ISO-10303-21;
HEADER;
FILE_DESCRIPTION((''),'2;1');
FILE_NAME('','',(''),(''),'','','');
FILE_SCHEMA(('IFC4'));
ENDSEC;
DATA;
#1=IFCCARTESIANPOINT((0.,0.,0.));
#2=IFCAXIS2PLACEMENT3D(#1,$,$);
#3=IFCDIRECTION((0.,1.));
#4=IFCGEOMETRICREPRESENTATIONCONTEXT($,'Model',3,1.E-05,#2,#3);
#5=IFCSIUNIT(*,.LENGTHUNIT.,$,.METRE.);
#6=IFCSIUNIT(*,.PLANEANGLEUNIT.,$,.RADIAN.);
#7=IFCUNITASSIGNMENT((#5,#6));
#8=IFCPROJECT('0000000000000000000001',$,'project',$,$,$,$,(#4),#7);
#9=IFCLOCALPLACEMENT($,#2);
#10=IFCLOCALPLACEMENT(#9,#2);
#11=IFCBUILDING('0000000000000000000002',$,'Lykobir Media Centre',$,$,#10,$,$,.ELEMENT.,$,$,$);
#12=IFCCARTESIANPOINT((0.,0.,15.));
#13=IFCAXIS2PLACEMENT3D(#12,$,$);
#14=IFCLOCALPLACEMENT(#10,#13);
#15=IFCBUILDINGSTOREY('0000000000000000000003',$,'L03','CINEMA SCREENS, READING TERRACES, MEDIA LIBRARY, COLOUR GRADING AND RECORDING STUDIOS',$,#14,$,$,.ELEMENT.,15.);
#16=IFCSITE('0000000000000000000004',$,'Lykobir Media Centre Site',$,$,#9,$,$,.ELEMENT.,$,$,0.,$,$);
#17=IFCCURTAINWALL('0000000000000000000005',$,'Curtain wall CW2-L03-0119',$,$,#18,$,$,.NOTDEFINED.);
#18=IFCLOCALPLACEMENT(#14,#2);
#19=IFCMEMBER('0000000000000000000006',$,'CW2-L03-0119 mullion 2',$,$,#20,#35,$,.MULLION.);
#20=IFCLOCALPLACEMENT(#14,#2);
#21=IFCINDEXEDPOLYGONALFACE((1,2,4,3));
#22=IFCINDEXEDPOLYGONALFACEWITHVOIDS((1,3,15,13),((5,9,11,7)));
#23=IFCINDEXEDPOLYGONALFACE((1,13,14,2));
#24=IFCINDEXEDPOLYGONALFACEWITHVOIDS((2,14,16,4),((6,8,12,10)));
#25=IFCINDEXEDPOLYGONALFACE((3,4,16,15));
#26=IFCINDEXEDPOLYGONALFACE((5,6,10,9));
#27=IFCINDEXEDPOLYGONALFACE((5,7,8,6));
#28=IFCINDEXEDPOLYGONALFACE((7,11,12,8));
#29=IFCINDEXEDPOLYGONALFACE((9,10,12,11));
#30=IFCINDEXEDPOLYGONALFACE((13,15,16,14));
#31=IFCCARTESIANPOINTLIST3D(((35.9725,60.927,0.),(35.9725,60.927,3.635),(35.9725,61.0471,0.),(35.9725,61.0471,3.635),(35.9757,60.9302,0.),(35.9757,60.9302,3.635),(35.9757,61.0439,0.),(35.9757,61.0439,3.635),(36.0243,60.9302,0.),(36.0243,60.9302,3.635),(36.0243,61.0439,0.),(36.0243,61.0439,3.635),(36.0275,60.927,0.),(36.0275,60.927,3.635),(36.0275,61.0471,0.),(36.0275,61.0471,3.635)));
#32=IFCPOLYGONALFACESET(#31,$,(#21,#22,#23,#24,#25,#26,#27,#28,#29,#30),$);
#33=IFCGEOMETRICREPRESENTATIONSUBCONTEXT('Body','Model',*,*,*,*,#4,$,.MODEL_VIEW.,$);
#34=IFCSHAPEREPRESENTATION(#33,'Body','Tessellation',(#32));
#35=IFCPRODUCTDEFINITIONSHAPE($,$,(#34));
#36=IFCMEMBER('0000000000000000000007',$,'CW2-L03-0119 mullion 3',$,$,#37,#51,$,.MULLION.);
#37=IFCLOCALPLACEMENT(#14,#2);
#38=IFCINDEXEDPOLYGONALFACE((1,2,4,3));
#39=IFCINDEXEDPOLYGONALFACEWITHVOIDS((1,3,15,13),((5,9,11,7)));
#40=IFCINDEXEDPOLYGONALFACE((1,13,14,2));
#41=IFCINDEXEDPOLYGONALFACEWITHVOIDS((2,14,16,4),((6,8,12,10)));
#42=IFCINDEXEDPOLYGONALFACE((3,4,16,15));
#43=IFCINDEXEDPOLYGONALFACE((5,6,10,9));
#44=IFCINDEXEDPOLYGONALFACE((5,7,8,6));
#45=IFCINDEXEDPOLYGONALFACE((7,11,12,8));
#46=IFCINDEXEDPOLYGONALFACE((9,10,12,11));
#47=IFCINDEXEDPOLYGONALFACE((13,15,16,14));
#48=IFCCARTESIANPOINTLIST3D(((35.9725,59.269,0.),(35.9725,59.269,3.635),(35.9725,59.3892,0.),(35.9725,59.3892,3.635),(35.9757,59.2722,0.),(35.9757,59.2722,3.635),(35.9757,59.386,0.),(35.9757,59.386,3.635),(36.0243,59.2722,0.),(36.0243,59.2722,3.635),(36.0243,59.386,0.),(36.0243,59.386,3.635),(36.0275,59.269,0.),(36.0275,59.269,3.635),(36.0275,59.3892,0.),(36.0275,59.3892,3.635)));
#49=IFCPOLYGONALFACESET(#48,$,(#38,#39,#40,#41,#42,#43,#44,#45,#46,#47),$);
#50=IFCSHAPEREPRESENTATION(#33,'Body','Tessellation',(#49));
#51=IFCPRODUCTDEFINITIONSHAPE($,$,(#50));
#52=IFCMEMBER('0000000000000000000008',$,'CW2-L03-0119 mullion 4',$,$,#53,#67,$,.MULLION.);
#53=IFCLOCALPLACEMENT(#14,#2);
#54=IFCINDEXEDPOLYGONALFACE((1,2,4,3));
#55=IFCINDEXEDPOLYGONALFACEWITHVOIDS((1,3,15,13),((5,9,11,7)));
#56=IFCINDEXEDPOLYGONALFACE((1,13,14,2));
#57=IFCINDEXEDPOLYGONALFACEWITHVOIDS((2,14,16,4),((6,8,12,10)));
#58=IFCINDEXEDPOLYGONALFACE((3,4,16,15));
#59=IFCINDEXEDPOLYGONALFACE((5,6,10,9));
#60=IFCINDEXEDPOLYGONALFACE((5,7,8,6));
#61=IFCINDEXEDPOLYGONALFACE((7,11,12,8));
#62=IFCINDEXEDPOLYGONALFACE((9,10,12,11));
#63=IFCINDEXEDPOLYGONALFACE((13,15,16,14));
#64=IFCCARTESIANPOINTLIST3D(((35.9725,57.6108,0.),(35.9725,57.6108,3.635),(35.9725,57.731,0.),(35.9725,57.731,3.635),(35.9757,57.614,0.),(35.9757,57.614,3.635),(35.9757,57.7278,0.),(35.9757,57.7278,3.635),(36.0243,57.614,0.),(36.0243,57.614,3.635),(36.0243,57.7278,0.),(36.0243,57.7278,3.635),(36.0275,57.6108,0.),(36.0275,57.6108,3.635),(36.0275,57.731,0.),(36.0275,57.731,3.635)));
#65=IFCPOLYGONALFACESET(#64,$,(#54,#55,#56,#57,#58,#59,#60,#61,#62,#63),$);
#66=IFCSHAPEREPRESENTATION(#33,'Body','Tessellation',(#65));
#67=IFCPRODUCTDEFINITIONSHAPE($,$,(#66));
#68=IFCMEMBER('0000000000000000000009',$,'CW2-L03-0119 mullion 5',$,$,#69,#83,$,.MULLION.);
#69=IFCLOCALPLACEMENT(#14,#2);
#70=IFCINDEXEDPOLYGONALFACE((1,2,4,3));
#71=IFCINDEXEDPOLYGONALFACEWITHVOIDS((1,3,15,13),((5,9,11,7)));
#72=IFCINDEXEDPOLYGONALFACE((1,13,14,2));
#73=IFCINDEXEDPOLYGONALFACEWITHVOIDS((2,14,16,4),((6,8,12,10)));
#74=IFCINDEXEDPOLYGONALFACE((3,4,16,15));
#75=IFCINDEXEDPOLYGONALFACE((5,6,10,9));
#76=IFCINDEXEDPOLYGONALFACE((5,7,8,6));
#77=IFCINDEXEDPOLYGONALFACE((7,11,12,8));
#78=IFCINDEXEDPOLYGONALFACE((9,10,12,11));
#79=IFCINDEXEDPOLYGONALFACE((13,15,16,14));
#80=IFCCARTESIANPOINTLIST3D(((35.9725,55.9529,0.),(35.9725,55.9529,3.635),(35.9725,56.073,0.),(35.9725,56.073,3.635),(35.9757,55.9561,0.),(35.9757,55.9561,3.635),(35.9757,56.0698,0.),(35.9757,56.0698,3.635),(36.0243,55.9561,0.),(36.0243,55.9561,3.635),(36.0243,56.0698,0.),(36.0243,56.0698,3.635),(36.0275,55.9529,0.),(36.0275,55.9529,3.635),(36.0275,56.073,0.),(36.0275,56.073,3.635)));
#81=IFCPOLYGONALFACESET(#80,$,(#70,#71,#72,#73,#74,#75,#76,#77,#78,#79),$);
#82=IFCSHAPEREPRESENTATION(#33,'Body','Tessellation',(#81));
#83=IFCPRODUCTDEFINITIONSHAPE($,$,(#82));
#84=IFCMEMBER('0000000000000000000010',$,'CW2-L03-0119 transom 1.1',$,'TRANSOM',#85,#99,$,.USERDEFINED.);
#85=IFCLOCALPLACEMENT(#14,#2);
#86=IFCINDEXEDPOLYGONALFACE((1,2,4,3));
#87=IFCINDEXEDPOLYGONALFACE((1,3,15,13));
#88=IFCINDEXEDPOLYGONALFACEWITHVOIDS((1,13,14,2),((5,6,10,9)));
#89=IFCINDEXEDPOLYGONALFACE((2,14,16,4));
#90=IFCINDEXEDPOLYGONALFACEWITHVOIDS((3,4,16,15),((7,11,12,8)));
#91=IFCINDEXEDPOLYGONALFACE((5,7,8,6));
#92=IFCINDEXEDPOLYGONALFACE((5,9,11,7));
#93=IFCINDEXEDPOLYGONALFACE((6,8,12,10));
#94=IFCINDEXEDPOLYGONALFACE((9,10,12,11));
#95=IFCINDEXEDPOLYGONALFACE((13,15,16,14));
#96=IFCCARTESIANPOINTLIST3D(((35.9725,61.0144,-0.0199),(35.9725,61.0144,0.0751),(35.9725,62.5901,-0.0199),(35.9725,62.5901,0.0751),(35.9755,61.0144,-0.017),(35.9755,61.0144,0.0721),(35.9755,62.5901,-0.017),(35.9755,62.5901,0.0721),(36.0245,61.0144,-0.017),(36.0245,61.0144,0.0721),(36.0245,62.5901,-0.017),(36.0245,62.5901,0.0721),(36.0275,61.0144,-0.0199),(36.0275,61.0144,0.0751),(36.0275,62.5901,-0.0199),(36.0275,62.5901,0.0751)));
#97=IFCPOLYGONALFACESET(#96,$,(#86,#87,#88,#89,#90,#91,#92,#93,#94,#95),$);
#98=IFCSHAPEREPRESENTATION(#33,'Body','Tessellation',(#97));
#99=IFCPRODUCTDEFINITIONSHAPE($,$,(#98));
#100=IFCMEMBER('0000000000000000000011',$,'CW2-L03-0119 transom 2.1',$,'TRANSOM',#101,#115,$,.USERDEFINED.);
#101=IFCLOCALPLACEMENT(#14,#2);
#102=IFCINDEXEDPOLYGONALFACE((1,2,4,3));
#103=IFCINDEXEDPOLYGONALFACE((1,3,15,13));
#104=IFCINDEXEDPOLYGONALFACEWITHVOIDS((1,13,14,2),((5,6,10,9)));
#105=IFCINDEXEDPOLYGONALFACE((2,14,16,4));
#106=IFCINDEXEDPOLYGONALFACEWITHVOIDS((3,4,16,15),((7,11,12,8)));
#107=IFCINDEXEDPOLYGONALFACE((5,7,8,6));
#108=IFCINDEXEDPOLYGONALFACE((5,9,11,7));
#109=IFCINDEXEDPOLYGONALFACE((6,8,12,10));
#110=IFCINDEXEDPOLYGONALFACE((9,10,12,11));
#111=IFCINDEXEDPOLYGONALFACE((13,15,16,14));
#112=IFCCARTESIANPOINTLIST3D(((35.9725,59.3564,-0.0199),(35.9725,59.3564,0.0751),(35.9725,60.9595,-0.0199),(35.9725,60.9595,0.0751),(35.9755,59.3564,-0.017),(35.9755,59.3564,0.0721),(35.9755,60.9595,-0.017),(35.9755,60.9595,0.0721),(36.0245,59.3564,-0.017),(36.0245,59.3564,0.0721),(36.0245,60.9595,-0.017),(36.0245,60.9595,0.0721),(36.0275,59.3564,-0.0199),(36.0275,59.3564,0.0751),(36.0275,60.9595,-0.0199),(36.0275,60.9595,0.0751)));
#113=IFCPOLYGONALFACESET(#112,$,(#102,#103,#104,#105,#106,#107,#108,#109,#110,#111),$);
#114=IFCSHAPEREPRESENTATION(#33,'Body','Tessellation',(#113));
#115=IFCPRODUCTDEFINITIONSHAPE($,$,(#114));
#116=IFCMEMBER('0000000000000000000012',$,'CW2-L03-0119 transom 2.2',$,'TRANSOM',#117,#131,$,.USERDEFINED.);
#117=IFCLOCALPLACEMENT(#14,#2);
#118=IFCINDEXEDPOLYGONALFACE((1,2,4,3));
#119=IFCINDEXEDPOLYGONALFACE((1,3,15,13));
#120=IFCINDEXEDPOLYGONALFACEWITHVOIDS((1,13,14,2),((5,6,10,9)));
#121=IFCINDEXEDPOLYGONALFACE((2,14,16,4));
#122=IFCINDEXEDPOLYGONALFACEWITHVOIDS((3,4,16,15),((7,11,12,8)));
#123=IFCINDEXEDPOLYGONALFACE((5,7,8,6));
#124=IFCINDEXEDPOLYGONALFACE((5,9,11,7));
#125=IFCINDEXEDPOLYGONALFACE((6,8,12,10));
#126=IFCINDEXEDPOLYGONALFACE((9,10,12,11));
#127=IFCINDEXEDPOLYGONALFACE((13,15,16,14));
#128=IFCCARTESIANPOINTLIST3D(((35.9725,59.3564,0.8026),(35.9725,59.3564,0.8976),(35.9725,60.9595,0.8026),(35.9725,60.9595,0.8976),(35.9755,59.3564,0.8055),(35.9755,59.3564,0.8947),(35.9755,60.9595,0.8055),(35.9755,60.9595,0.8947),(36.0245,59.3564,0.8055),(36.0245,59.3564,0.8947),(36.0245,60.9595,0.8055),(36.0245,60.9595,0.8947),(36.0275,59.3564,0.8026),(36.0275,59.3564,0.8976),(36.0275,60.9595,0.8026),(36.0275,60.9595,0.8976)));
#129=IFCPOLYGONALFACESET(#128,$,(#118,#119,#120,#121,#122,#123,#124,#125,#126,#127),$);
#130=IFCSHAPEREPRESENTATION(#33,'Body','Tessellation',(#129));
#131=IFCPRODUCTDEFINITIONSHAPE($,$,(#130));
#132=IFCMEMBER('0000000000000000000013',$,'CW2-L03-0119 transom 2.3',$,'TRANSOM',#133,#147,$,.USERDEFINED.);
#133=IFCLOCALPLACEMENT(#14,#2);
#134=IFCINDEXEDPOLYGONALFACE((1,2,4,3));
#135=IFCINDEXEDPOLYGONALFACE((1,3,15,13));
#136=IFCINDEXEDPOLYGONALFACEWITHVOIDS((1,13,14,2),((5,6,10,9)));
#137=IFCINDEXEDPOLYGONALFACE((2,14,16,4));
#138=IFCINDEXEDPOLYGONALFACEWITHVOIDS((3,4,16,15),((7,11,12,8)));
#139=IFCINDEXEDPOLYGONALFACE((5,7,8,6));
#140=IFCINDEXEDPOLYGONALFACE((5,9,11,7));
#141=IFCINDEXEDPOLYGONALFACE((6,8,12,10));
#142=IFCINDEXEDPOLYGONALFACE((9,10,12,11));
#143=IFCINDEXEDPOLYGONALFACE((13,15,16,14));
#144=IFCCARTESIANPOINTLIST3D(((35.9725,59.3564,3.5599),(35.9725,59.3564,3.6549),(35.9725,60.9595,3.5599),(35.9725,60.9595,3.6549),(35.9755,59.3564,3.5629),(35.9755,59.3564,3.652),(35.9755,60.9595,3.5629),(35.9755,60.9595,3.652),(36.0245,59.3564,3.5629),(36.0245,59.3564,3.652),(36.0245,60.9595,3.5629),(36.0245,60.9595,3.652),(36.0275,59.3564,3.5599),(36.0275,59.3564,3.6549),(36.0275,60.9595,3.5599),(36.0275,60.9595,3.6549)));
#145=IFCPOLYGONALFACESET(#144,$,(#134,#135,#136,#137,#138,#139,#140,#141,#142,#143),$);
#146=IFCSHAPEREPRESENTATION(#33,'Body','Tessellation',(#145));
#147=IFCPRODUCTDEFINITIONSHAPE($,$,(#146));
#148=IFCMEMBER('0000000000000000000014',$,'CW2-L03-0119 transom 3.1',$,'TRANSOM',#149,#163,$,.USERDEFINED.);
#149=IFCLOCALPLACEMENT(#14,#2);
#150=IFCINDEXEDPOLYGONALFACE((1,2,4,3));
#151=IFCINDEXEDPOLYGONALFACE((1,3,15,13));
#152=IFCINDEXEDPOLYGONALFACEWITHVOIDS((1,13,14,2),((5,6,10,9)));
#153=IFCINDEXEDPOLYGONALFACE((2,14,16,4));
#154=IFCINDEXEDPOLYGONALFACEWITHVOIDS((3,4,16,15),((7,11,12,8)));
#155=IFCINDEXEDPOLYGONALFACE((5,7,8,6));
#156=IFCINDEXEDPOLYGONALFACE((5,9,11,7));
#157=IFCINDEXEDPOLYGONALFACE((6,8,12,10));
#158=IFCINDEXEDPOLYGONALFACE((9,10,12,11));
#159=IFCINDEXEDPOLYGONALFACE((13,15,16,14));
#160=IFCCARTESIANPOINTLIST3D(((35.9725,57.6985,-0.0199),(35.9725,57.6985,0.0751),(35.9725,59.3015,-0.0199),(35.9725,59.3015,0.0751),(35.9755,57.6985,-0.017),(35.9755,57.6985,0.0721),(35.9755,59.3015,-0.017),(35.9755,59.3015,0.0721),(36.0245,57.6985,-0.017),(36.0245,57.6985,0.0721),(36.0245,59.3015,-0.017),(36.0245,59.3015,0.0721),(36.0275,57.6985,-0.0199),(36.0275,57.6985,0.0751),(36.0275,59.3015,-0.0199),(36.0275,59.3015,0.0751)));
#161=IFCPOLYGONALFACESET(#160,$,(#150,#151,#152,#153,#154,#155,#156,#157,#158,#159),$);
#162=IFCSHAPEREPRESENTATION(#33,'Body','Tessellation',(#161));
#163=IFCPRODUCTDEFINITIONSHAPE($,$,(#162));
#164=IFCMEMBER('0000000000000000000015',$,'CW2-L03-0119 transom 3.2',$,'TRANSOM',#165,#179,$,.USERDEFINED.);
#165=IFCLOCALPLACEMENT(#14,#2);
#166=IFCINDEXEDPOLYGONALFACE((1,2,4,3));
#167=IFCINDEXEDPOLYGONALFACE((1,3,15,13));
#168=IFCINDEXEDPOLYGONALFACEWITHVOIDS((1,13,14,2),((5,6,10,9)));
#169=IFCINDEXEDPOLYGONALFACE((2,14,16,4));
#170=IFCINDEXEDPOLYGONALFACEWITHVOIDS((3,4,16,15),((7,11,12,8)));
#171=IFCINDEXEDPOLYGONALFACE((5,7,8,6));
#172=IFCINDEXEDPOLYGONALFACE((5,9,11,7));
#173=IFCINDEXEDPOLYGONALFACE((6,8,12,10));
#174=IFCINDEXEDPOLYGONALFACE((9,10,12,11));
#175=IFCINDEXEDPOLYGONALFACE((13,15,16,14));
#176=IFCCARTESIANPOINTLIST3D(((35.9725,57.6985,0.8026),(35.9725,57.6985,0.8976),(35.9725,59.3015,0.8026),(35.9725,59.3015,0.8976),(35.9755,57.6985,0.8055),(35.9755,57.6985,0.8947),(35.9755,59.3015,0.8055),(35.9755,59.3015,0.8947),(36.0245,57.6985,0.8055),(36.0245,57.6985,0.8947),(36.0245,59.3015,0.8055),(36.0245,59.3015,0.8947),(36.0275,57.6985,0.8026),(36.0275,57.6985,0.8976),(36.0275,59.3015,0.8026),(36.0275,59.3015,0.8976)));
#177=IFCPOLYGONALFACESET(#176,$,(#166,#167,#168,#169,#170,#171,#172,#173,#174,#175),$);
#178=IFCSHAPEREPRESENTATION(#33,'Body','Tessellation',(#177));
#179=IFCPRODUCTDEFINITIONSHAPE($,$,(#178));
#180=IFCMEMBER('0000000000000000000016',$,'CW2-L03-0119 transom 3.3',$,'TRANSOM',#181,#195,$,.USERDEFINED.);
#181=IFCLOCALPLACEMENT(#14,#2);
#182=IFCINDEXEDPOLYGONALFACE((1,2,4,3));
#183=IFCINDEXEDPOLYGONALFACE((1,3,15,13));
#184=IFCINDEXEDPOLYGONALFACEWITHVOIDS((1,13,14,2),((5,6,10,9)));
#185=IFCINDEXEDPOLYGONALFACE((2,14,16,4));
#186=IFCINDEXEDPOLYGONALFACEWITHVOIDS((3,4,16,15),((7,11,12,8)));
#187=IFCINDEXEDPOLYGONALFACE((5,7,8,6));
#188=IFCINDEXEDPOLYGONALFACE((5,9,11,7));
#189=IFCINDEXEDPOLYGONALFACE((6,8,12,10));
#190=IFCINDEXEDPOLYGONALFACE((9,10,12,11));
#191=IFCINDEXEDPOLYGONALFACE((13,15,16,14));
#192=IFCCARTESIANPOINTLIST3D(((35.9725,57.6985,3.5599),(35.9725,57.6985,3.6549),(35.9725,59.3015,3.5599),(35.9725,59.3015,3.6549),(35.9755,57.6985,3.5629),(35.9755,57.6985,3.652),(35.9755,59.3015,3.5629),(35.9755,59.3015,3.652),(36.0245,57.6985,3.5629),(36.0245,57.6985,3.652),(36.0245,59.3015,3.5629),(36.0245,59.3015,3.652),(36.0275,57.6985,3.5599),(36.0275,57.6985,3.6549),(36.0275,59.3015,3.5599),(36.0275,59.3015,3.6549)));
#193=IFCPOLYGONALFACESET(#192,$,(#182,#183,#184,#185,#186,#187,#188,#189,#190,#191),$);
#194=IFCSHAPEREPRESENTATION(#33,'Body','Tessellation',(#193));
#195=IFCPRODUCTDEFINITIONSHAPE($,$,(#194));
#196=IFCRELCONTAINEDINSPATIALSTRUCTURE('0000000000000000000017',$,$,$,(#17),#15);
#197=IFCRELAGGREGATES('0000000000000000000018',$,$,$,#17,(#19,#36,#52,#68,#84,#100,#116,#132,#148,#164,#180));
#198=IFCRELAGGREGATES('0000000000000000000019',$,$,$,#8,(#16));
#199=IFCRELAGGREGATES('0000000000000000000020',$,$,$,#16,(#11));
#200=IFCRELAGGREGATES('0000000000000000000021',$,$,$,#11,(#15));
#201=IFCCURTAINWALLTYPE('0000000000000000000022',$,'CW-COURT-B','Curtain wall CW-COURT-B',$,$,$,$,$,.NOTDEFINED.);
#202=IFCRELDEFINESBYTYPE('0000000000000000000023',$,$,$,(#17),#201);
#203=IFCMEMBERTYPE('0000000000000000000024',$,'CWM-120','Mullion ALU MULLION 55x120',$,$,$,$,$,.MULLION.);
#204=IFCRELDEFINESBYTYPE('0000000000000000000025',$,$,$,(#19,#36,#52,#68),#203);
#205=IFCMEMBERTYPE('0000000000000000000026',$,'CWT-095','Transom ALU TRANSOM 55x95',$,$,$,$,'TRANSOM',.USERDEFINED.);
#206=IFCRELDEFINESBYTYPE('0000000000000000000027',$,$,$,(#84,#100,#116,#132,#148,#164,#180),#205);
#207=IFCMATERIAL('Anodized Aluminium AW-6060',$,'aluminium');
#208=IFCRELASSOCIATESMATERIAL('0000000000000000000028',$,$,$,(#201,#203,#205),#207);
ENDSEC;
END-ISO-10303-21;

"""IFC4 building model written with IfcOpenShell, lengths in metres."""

from ifc_helpers import new_model, si_unit, direction, frame, origin, origin_2d, place, context, subcontext, project, spatial, hollow_rectangle, extrude, material, material_profile, profile_set, type_object, element, aggregate, save


model = new_model("IFC4")

# Units and contexts
model_context = context("Model", 3, precision=1e-05, world=origin(), true_north=direction((0.0, 1.0)))
body_context = subcontext(model_context, "Body", "Model", "MODEL_VIEW")
ifc_project = project(units=[si_unit("LENGTHUNIT", "METRE"), si_unit("PLANEANGLEUNIT", "RADIAN")], contexts=[model_context])

# Site, building, storey
site_placement = place(None, origin())
site = spatial("IfcSite", under=ifc_project, at=site_placement, Name="Lykobir Media Centre Site", CompositionType="ELEMENT", RefElevation=0.0)
building_placement = place(site_placement, origin())
building = spatial("IfcBuilding", under=site, at=building_placement, Name="Lykobir Media Centre", CompositionType="ELEMENT")
storey_placement = place(building_placement, frame((0.0, 0.0, 15.0)))
storey = spatial("IfcBuildingStorey", under=building, at=storey_placement, Name="L03", Description="CINEMA SCREENS, READING TERRACES, MEDIA LIBRARY, COLOUR GRADING AND RECORDING STUDIOS", CompositionType="ELEMENT", Elevation=15.0)

# Curtain wall, members
ifc_material_1 = material(Name="Anodized Aluminium AW-6060", Category="aluminium")
curtain_wall_type = type_object("IfcCurtainWallType", Name="CW-COURT-B", Description="Curtain wall CW-COURT-B", PredefinedType="NOTDEFINED", material=ifc_material_1)
curtain_wall_placement = place(storey_placement, origin())
curtain_wall = element("IfcCurtainWall", 1, at=curtain_wall_placement, inside=storey, type_object=curtain_wall_type, Name="Curtain wall CW2-L03-0119", PredefinedType="NOTDEFINED")
ifc_material_profile_1 = material_profile(ifc_material_1, hollow_rectangle(XDim=0.0549, YDim=0.1201, WallThickness=0.0032, at=origin_2d()), Name="ALU MULLION 55x120")
ifc_profile_set_1 = profile_set([ifc_material_profile_1], Name="Anodized Aluminium AW-6060")
member_type_1 = type_object("IfcMemberType", Name="CWM-120", Description="Mullion ALU MULLION 55x120", PredefinedType="MULLION", material=ifc_profile_set_1)
member_1_placement = place(storey_placement, frame((36.0, 60.9871, 0.0), z_axis=(0.0, 0.0, 1.0), x_axis=(1.0, 0.0, 0.0)))
member_1 = element("IfcMember", 2, at=member_1_placement, type_object=member_type_1, Name="CW2-L03-0119 mullion 2", PredefinedType="MULLION", context=body_context, shape_type="SweptSolid", body=[
    extrude(hollow_rectangle(XDim=0.0549, YDim=0.1201, WallThickness=0.0032, at=origin_2d()), origin(), (0.0, 0.0, 1.0), 3.635),
])
member_2_placement = place(storey_placement, frame((36.0, 59.3291, 0.0), z_axis=(0.0, 0.0, 1.0), x_axis=(1.0, 0.0, 0.0)))
member_2 = element("IfcMember", 3, at=member_2_placement, type_object=member_type_1, Name="CW2-L03-0119 mullion 3", PredefinedType="MULLION", context=body_context, shape_type="SweptSolid", body=[
    extrude(hollow_rectangle(XDim=0.0549, YDim=0.1201, WallThickness=0.0032, at=origin_2d()), origin(), (0.0, 0.0, 1.0), 3.635),
])
member_3_placement = place(storey_placement, frame((36.0, 57.6709, 0.0), z_axis=(0.0, 0.0, 1.0), x_axis=(1.0, 0.0, 0.0)))
member_3 = element("IfcMember", 4, at=member_3_placement, type_object=member_type_1, Name="CW2-L03-0119 mullion 4", PredefinedType="MULLION", context=body_context, shape_type="SweptSolid", body=[
    extrude(hollow_rectangle(XDim=0.0549, YDim=0.1201, WallThickness=0.0032, at=origin_2d()), origin(), (0.0, 0.0, 1.0), 3.635),
])
member_4_placement = place(storey_placement, frame((36.0, 56.0129, 0.0), z_axis=(0.0, 0.0, 1.0), x_axis=(1.0, 0.0, 0.0)))
member_4 = element("IfcMember", 5, at=member_4_placement, type_object=member_type_1, Name="CW2-L03-0119 mullion 5", PredefinedType="MULLION", context=body_context, shape_type="SweptSolid", body=[
    extrude(hollow_rectangle(XDim=0.0549, YDim=0.1201, WallThickness=0.0032, at=origin_2d()), origin(), (0.0, 0.0, 1.0), 3.635),
])
ifc_material_profile_2 = material_profile(ifc_material_1, hollow_rectangle(XDim=0.0549, YDim=0.095, WallThickness=0.0029, at=origin_2d()), Name="ALU TRANSOM 55x95")
ifc_profile_set_2 = profile_set([ifc_material_profile_2], Name="Anodized Aluminium AW-6060")
member_type_2 = type_object("IfcMemberType", Name="CWT-095", Description="Transom ALU TRANSOM 55x95", ElementType="TRANSOM", PredefinedType="USERDEFINED", material=ifc_profile_set_2)
member_5_placement = place(storey_placement, frame((36.0, 62.5901, 0.0276), z_axis=(0.0, -1.0, 0.0), x_axis=(1.0, 0.0, 0.0)))
member_5 = element("IfcMember", 6, at=member_5_placement, type_object=member_type_2, Name="CW2-L03-0119 transom 1.1", ObjectType="TRANSOM", PredefinedType="USERDEFINED", context=body_context, shape_type="SweptSolid", body=[
    extrude(hollow_rectangle(XDim=0.0549, YDim=0.095, WallThickness=0.0029, at=origin_2d()), origin(), (0.0, 0.0, 1.0), 1.5757),
])
member_6_placement = place(storey_placement, frame((36.0, 60.9595, 0.0276), z_axis=(0.0, -1.0, 0.0), x_axis=(1.0, 0.0, 0.0)))
member_6 = element("IfcMember", 7, at=member_6_placement, type_object=member_type_2, Name="CW2-L03-0119 transom 2.1", ObjectType="TRANSOM", PredefinedType="USERDEFINED", context=body_context, shape_type="SweptSolid", body=[
    extrude(hollow_rectangle(XDim=0.0549, YDim=0.095, WallThickness=0.0029, at=origin_2d()), origin(), (0.0, 0.0, 1.0), 1.603),
])
member_7_placement = place(storey_placement, frame((36.0, 60.9595, 0.8501), z_axis=(0.0, -1.0, 0.0), x_axis=(1.0, 0.0, 0.0)))
member_7 = element("IfcMember", 8, at=member_7_placement, type_object=member_type_2, Name="CW2-L03-0119 transom 2.2", ObjectType="TRANSOM", PredefinedType="USERDEFINED", context=body_context, shape_type="SweptSolid", body=[
    extrude(hollow_rectangle(XDim=0.0549, YDim=0.095, WallThickness=0.0029, at=origin_2d()), origin(), (0.0, 0.0, 1.0), 1.603),
])
member_8_placement = place(storey_placement, frame((36.0, 60.9595, 3.6074), z_axis=(0.0, -1.0, 0.0), x_axis=(1.0, 0.0, 0.0)))
member_8 = element("IfcMember", 9, at=member_8_placement, type_object=member_type_2, Name="CW2-L03-0119 transom 2.3", ObjectType="TRANSOM", PredefinedType="USERDEFINED", context=body_context, shape_type="SweptSolid", body=[
    extrude(hollow_rectangle(XDim=0.0549, YDim=0.095, WallThickness=0.0029, at=origin_2d()), origin(), (0.0, 0.0, 1.0), 1.603),
])
member_9_placement = place(storey_placement, frame((36.0, 59.3015, 0.0276), z_axis=(0.0, -1.0, 0.0), x_axis=(1.0, 0.0, 0.0)))
member_9 = element("IfcMember", 10, at=member_9_placement, type_object=member_type_2, Name="CW2-L03-0119 transom 3.1", ObjectType="TRANSOM", PredefinedType="USERDEFINED", context=body_context, shape_type="SweptSolid", body=[
    extrude(hollow_rectangle(XDim=0.0549, YDim=0.095, WallThickness=0.0029, at=origin_2d()), origin(), (0.0, 0.0, 1.0), 1.603),
])
member_10_placement = place(storey_placement, frame((36.0, 59.3015, 0.8501), z_axis=(0.0, -1.0, 0.0), x_axis=(1.0, 0.0, 0.0)))
member_10 = element("IfcMember", 11, at=member_10_placement, type_object=member_type_2, Name="CW2-L03-0119 transom 3.2", ObjectType="TRANSOM", PredefinedType="USERDEFINED", context=body_context, shape_type="SweptSolid", body=[
    extrude(hollow_rectangle(XDim=0.0549, YDim=0.095, WallThickness=0.0029, at=origin_2d()), origin(), (0.0, 0.0, 1.0), 1.603),
])
member_11_placement = place(storey_placement, frame((36.0, 59.3015, 3.6074), z_axis=(0.0, -1.0, 0.0), x_axis=(1.0, 0.0, 0.0)))
member_11 = element("IfcMember", 12, at=member_11_placement, type_object=member_type_2, Name="CW2-L03-0119 transom 3.3", ObjectType="TRANSOM", PredefinedType="USERDEFINED", context=body_context, shape_type="SweptSolid", body=[
    extrude(hollow_rectangle(XDim=0.0549, YDim=0.095, WallThickness=0.0029, at=origin_2d()), origin(), (0.0, 0.0, 1.0), 1.603),
])
aggregate(curtain_wall, [member_1, member_2, member_3, member_4, member_5, member_6, member_7, member_8, member_9, member_10, member_11])

save(model, "model.ifc")
